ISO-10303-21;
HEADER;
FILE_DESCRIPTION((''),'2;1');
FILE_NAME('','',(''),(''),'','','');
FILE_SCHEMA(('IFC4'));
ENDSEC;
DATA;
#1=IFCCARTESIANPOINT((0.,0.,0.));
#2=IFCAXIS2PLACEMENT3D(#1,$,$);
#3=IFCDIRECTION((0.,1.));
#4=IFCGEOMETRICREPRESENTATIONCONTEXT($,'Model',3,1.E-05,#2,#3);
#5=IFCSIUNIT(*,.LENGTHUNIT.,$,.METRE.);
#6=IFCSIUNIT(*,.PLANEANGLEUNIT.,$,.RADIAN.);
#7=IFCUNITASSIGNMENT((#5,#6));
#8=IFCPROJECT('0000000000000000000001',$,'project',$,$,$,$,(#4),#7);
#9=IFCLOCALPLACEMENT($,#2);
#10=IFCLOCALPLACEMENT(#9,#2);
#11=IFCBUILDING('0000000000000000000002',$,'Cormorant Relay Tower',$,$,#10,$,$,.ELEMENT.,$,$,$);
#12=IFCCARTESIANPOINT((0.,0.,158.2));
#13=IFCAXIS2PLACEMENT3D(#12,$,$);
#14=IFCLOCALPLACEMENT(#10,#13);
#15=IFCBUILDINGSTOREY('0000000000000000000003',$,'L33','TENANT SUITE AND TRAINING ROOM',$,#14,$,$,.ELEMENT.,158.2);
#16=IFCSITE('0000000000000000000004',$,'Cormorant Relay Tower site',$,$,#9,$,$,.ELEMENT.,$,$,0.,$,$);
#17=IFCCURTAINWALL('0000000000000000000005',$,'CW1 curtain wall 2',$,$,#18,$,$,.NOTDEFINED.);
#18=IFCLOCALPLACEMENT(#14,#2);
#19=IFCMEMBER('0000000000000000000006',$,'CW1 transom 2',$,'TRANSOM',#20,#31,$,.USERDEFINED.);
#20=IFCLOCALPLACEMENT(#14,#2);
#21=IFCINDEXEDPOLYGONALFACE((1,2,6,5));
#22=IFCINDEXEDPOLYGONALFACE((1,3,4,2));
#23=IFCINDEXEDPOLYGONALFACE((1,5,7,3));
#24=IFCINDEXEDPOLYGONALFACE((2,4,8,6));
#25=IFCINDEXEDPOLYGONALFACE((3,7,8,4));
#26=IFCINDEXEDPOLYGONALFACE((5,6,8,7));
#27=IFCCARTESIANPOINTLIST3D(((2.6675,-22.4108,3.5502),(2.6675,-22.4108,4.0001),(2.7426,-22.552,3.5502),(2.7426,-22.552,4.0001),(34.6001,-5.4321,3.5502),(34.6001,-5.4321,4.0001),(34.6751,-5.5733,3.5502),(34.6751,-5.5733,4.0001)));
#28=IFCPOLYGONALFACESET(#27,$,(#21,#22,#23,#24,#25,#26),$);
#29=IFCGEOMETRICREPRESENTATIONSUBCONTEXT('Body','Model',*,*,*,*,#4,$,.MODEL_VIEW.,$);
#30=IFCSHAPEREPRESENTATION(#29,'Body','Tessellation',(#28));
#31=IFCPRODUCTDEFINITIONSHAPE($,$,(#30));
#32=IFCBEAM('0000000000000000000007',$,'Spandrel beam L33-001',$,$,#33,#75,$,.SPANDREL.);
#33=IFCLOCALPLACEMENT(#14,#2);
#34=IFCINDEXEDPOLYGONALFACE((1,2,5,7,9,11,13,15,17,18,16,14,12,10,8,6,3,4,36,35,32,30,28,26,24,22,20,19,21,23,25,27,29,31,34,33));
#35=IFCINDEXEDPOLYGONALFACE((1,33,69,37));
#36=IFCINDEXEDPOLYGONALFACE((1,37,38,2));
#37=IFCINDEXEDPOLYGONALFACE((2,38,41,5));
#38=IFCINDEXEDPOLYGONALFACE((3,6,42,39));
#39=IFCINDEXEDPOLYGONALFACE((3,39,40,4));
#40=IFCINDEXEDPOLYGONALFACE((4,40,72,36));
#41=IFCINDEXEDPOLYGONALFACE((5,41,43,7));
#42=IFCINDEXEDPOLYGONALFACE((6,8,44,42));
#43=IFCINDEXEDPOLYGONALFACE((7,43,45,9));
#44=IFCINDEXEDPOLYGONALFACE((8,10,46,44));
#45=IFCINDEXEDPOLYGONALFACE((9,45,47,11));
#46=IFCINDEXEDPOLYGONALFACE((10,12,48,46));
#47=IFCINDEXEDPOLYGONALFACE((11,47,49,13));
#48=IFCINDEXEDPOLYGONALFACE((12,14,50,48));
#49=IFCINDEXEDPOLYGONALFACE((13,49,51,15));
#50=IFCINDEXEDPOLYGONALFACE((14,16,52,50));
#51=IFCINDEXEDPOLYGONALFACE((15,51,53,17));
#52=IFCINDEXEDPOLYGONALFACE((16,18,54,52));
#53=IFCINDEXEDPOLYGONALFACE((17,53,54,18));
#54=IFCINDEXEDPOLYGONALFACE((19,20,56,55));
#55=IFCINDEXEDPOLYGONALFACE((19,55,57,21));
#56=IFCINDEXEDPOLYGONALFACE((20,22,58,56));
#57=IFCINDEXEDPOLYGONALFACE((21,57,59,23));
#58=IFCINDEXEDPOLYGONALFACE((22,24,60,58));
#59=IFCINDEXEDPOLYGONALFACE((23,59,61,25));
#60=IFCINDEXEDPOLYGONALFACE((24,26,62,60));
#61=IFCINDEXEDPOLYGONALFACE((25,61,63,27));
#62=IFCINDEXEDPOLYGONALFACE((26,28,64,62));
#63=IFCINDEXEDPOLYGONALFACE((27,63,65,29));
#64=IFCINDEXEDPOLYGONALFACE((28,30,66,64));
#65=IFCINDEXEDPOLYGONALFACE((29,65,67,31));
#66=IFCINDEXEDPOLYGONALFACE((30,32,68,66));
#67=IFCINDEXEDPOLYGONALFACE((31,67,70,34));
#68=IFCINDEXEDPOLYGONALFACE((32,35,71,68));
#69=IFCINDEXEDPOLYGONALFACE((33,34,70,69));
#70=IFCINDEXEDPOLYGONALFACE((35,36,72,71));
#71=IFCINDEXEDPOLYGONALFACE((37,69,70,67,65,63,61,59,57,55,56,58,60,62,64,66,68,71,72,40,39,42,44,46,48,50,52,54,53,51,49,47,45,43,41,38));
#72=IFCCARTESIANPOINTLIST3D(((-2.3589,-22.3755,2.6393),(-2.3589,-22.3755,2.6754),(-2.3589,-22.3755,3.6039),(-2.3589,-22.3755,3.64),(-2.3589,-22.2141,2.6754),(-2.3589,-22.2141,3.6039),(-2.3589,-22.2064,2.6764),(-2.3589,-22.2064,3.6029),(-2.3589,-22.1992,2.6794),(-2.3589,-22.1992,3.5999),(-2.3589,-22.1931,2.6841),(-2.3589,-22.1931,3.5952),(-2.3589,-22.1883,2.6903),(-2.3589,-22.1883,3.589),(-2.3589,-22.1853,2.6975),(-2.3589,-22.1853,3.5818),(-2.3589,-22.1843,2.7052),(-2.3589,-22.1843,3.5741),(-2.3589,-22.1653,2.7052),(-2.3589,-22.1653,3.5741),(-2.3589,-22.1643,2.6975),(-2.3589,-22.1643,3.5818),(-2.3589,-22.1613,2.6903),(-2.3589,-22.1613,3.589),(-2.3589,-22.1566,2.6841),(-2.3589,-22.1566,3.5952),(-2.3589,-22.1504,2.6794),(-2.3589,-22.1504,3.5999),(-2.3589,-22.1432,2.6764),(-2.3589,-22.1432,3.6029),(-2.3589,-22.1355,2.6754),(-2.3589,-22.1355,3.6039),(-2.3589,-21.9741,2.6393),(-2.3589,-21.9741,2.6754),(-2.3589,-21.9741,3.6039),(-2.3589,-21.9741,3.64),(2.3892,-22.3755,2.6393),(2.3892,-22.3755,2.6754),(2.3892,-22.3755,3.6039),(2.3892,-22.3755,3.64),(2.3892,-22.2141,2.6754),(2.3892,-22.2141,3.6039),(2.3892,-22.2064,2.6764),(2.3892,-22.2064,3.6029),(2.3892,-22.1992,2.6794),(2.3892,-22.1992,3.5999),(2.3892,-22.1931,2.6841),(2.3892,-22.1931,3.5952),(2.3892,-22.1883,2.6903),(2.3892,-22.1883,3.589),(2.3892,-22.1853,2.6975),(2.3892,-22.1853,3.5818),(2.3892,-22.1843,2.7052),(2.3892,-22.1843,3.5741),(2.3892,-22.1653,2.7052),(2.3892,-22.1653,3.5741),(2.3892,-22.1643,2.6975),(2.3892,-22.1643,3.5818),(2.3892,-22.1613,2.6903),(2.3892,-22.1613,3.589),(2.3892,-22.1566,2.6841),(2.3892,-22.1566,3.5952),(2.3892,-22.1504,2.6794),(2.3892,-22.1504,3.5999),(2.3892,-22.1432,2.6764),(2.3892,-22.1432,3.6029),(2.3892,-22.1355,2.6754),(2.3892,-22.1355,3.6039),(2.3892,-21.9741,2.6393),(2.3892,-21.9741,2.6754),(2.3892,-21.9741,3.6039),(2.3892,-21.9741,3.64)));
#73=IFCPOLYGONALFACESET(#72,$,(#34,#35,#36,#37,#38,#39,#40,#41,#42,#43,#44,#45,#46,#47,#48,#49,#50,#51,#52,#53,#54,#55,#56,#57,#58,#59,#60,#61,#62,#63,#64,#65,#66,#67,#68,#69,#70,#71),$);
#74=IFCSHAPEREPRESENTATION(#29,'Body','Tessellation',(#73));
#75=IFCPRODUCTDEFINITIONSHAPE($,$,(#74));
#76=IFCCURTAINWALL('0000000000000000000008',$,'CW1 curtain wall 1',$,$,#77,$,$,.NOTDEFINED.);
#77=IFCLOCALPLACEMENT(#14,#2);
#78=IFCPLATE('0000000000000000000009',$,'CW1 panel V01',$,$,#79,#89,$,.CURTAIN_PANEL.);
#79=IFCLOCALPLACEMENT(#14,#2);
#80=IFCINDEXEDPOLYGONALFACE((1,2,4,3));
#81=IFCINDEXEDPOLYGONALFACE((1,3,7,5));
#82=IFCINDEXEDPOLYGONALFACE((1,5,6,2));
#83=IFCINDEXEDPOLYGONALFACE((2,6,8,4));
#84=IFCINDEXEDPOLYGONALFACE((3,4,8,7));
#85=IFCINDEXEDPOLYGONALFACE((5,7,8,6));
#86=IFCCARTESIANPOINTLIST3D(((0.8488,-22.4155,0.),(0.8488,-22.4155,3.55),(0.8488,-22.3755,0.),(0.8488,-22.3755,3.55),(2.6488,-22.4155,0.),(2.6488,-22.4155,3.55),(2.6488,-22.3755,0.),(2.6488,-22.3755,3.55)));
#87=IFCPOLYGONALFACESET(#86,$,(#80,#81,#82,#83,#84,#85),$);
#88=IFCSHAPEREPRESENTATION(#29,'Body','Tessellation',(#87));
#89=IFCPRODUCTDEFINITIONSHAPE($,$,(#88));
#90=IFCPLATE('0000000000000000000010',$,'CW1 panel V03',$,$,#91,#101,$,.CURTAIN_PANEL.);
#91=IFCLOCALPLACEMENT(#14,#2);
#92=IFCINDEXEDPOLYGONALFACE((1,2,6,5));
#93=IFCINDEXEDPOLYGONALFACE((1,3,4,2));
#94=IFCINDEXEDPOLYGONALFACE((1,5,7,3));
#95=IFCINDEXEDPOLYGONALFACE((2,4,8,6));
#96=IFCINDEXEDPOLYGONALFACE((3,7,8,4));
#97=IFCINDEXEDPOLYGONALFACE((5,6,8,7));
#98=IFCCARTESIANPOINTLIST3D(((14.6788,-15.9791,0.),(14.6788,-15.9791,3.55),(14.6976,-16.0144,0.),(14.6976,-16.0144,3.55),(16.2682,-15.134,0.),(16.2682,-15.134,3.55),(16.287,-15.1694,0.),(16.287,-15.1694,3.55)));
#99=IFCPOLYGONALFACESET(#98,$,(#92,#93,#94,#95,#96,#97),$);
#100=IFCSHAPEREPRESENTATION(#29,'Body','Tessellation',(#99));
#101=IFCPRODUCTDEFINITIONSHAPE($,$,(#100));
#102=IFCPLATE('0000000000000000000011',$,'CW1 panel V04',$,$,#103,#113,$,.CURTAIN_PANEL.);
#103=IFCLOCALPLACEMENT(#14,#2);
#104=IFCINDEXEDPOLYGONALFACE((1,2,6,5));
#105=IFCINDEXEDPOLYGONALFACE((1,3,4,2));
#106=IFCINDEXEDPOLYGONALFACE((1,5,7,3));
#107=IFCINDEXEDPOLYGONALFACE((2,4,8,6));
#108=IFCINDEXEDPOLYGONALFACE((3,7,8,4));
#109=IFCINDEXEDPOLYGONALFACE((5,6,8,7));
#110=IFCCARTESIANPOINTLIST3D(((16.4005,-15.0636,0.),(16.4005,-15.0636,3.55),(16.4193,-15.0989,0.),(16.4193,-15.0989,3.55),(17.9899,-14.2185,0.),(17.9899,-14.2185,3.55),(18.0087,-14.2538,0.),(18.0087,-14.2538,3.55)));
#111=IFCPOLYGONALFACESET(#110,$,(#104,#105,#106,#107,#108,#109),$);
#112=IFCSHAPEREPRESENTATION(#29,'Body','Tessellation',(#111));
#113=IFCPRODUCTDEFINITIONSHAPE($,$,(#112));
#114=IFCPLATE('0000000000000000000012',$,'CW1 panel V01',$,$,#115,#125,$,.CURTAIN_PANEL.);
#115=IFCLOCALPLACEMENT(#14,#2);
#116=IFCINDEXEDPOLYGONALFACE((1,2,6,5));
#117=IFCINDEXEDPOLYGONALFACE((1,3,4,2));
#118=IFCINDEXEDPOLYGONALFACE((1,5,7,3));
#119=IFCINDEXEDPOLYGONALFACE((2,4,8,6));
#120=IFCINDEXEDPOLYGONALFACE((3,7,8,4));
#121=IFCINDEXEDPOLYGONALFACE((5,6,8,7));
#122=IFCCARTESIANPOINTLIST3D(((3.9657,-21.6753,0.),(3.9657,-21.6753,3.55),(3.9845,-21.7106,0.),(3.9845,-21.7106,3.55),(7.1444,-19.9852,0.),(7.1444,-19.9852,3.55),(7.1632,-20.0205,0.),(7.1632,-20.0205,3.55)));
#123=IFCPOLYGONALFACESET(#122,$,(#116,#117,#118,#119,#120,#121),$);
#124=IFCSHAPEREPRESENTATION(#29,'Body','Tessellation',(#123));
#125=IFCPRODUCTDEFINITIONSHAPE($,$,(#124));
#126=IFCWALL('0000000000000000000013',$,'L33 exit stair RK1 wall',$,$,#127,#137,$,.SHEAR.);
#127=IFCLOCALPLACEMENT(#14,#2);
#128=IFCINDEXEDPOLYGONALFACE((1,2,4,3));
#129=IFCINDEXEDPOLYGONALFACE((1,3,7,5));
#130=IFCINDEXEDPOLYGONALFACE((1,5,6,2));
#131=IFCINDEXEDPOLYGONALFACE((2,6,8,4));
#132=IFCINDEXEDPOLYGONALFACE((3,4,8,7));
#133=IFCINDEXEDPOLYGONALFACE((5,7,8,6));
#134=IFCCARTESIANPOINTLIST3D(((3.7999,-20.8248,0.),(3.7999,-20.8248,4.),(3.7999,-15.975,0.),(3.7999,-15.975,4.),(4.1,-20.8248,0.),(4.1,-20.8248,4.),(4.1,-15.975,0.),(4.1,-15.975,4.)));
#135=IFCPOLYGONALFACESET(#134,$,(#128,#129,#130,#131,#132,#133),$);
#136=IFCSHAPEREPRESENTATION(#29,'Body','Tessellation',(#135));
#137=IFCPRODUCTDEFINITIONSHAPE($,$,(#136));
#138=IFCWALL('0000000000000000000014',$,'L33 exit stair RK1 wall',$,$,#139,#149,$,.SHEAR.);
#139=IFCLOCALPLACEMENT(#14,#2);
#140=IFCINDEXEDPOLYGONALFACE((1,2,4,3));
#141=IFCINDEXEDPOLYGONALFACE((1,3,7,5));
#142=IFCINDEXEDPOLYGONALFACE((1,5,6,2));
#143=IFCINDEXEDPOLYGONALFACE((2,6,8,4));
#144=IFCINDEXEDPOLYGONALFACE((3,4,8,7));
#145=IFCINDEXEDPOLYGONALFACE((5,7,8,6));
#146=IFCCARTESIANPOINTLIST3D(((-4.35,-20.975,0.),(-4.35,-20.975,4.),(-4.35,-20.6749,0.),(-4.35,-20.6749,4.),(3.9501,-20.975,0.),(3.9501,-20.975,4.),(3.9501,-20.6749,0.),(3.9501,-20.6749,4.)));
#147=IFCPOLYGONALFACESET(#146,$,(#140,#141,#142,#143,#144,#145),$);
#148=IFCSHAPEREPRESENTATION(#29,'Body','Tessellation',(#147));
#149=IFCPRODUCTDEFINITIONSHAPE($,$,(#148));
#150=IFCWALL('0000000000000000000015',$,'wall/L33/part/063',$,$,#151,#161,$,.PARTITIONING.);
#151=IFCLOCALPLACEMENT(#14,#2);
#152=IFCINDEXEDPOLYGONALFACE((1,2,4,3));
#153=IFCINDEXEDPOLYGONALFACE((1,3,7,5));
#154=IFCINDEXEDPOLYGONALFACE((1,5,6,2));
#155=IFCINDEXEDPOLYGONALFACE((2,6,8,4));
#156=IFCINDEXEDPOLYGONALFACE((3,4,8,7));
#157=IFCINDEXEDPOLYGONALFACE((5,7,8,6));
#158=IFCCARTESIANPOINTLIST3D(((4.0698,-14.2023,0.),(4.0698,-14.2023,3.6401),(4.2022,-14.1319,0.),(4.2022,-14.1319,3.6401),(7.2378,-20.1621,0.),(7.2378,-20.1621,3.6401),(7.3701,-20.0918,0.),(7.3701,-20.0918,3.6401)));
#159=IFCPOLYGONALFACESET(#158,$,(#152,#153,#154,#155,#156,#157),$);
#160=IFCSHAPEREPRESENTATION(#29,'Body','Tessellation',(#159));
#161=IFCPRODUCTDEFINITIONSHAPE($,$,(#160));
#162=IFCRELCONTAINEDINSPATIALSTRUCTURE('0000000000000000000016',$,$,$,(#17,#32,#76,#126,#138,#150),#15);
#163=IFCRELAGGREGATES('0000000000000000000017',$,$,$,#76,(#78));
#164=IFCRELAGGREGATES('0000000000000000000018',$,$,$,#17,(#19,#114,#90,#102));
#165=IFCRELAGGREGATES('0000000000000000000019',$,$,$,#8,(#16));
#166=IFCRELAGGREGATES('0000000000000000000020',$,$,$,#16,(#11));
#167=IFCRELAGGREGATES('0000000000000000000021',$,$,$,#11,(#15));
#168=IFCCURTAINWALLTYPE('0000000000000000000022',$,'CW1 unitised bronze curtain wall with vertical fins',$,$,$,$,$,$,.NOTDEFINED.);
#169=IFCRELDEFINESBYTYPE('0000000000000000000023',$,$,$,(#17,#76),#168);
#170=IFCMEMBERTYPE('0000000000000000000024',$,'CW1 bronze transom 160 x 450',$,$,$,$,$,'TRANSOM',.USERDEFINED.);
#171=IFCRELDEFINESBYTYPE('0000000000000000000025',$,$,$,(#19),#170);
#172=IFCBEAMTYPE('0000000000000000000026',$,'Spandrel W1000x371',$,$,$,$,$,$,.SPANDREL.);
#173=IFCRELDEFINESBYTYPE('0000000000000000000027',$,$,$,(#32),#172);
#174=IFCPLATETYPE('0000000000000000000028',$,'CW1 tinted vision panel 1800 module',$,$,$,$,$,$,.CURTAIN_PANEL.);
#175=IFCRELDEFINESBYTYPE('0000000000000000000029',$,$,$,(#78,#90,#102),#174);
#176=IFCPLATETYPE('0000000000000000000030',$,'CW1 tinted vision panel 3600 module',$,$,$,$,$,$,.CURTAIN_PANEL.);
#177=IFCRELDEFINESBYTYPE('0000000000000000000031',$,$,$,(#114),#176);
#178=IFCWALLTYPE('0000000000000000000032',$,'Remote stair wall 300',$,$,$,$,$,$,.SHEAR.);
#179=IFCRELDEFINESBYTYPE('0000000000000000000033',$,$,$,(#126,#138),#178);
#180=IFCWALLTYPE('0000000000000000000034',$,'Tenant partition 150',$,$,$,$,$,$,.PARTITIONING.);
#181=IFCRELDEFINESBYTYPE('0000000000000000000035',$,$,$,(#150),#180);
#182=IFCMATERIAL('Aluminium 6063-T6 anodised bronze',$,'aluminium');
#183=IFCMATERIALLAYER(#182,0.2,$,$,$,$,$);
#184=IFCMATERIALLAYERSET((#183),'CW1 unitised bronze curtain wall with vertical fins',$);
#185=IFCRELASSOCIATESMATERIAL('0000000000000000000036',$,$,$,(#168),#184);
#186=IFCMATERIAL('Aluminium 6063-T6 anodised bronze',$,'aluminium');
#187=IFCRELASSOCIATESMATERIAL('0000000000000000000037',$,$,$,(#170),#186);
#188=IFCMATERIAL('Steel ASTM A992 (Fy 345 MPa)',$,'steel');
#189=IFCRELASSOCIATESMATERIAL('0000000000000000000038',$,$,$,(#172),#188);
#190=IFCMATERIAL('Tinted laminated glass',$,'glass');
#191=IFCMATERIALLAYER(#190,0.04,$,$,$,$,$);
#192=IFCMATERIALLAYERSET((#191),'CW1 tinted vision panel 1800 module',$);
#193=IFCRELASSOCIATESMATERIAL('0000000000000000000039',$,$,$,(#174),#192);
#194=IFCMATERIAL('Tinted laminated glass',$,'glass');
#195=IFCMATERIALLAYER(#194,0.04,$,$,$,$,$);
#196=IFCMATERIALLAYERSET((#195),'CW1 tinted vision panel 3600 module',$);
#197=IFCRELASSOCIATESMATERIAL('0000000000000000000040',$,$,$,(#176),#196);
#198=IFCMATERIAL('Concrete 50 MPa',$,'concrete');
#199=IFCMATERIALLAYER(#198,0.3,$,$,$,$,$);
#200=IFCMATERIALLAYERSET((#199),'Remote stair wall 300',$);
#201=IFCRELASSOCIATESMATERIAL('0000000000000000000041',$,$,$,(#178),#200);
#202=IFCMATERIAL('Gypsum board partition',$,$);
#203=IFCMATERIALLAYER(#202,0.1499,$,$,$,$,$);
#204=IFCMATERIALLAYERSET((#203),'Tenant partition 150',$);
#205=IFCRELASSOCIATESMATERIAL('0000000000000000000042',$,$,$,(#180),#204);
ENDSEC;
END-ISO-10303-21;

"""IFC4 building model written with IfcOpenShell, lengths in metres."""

from ifc_helpers import new_model, si_unit, direction, frame, frame_2d, origin, origin_2d, place, context, subcontext, project, spatial, rectangle, i_section, extrude, material, layer, layer_set, material_profile, profile_set, type_object, element, aggregate, save


model = new_model("IFC4")

# Units and contexts
model_context = context("Model", 3, precision=1e-05, world=origin(), true_north=direction((0.0, 1.0)))
body_context = subcontext(model_context, "Body", "Model", "MODEL_VIEW")
ifc_project = project(units=[si_unit("LENGTHUNIT", "METRE"), si_unit("PLANEANGLEUNIT", "RADIAN")], contexts=[model_context])

# Site, building, storey
site_placement = place(None, origin())
site = spatial("IfcSite", under=ifc_project, at=site_placement, Name="Cormorant Relay Tower site", CompositionType="ELEMENT", RefElevation=0.0)
building_placement = place(site_placement, origin())
building = spatial("IfcBuilding", under=site, at=building_placement, Name="Cormorant Relay Tower", CompositionType="ELEMENT")
storey_placement = place(building_placement, frame((0.0, 0.0, 158.2)))
storey = spatial("IfcBuildingStorey", under=building, at=storey_placement, Name="L33", Description="TENANT SUITE AND TRAINING ROOM", CompositionType="ELEMENT", Elevation=158.2)

# Curtain wall, member
ifc_material_1 = material(Name="Aluminium 6063-T6 anodised bronze", Category="aluminium")
ifc_layer_1 = layer(ifc_material_1, 0.2)
ifc_layer_set_1 = layer_set([ifc_layer_1], Name="CW1 unitised bronze curtain wall with vertical fins")
curtain_wall_type = type_object("IfcCurtainWallType", Name="CW1 unitised bronze curtain wall with vertical fins", PredefinedType="NOTDEFINED", material=ifc_layer_set_1)
curtain_wall_1_placement = place(storey_placement, origin())
curtain_wall_1 = element("IfcCurtainWall", 1, at=curtain_wall_1_placement, inside=storey, type_object=curtain_wall_type, Name="CW1 curtain wall 2", PredefinedType="NOTDEFINED")
ifc_material_2 = material(Name="Aluminium 6063-T6 anodised bronze", Category="aluminium")
ifc_material_profile_1 = material_profile(ifc_material_2, rectangle(XDim=0.1599, YDim=0.45, at=origin_2d()), Name="AL 160x450")
ifc_profile_set_1 = profile_set([ifc_material_profile_1], Name="Aluminium 6063-T6 anodised bronze")
member_type_1 = type_object("IfcMemberType", Name="CW1 bronze transom 160 x 450", ElementType="TRANSOM", PredefinedType="USERDEFINED", material=ifc_profile_set_1)
member_1_placement = place(storey_placement, frame((2.7051, -22.4814, 3.7751), z_axis=(0.882949, 0.469469, 0.0), x_axis=(-0.469469, 0.882949, 0.0)))
member_1 = element("IfcMember", 2, at=member_1_placement, type_object=member_type_1, Name="CW1 transom 2", ObjectType="TRANSOM", PredefinedType="USERDEFINED", context=body_context, shape_type="SweptSolid", body=[
    extrude(rectangle(XDim=0.1599, YDim=0.45, at=origin_2d()), origin(), (0.0, 0.0, 1.0), 36.1658),
])

# Beam
ifc_material_3 = material(Name="Steel ASTM A992 (Fy 345 MPa)", Category="steel")
ifc_material_profile_2 = material_profile(ifc_material_3, i_section(OverallWidth=0.4014, OverallDepth=1.0007, WebThickness=0.019, FlangeThickness=0.0361, FilletRadius=0.0298, at=origin_2d()), Name="W1000x371")
ifc_profile_set_2 = profile_set([ifc_material_profile_2], Name="Steel ASTM A992 (Fy 345 MPa)")
beam_type = type_object("IfcBeamType", Name="Spandrel W1000x371", PredefinedType="SPANDREL", material=ifc_profile_set_2)
beam_placement = place(storey_placement, frame((-2.3589, -22.1748, 3.1396), z_axis=(1.0, 0.0, 0.0), x_axis=(0.0, 1.0, 0.0)))
element("IfcBeam", 3, at=beam_placement, inside=storey, type_object=beam_type, Name="Spandrel beam L33-001", PredefinedType="SPANDREL", context=body_context, shape_type="SweptSolid", body=[
    extrude(i_section(OverallWidth=0.4014, OverallDepth=1.0007, WebThickness=0.019, FlangeThickness=0.0361, FilletRadius=0.0298, at=origin_2d()), origin(), (0.0, 0.0, 1.0), 4.748),
])

# Curtain wall, plate
curtain_wall_2_placement = place(storey_placement, origin())
curtain_wall_2 = element("IfcCurtainWall", 4, at=curtain_wall_2_placement, inside=storey, type_object=curtain_wall_type, Name="CW1 curtain wall 1", PredefinedType="NOTDEFINED")
ifc_material_4 = material(Name="Tinted laminated glass", Category="glass")
ifc_layer_2 = layer(ifc_material_4, 0.04)
ifc_layer_set_2 = layer_set([ifc_layer_2], Name="CW1 tinted vision panel 1800 module")
plate_type_1 = type_object("IfcPlateType", Name="CW1 tinted vision panel 1800 module", PredefinedType="CURTAIN_PANEL", material=ifc_layer_set_2)
plate_1_placement = place(storey_placement, frame((1.7488, -22.3955, 0.0), z_axis=(0.0, 0.0, 1.0), x_axis=(1.0, 0.0, 0.0)))
plate_1 = element("IfcPlate", 5, at=plate_1_placement, type_object=plate_type_1, Name="CW1 panel V01", PredefinedType="CURTAIN_PANEL", context=body_context, shape_type="SweptSolid", body=[
    extrude(rectangle(XDim=1.8, YDim=0.04, at=origin_2d()), origin(), (0.0, 0.0, 1.0), 3.55),
])

# Plates
plate_2_placement = place(storey_placement, frame((15.4829, -15.5742, 0.0), z_axis=(0.0, 0.0, 1.0), x_axis=(0.882948, 0.469472, 0.0)))
plate_2 = element("IfcPlate", 6, at=plate_2_placement, type_object=plate_type_1, Name="CW1 panel V03", PredefinedType="CURTAIN_PANEL", context=body_context, shape_type="SweptSolid", body=[
    extrude(rectangle(XDim=1.8, YDim=0.04, at=origin_2d()), origin(), (0.0, 0.0, 1.0), 3.55),
])
plate_3_placement = place(storey_placement, frame((17.2046, -14.6587, 0.0), z_axis=(0.0, 0.0, 1.0), x_axis=(0.882948, 0.469472, 0.0)))
plate_3 = element("IfcPlate", 7, at=plate_3_placement, type_object=plate_type_1, Name="CW1 panel V04", PredefinedType="CURTAIN_PANEL", context=body_context, shape_type="SweptSolid", body=[
    extrude(rectangle(XDim=1.8, YDim=0.04, at=origin_2d()), origin(), (0.0, 0.0, 1.0), 3.55),
])
ifc_material_5 = material(Name="Tinted laminated glass", Category="glass")
ifc_layer_3 = layer(ifc_material_5, 0.04)
ifc_layer_set_3 = layer_set([ifc_layer_3], Name="CW1 tinted vision panel 3600 module")
plate_type_2 = type_object("IfcPlateType", Name="CW1 tinted vision panel 3600 module", PredefinedType="CURTAIN_PANEL", material=ifc_layer_set_3)
plate_4_placement = place(storey_placement, frame((5.5645, -20.8479, 0.0), z_axis=(0.0, 0.0, 1.0), x_axis=(0.882948, 0.469472, 0.0)))
plate_4 = element("IfcPlate", 8, at=plate_4_placement, type_object=plate_type_2, Name="CW1 panel V01", PredefinedType="CURTAIN_PANEL", context=body_context, shape_type="SweptSolid", body=[
    extrude(rectangle(XDim=3.6001, YDim=0.04, at=origin_2d()), origin(), (0.0, 0.0, 1.0), 3.55),
])

# Walls
ifc_material_6 = material(Name="Concrete 50 MPa", Category="concrete")
ifc_layer_4 = layer(ifc_material_6, 0.3)
ifc_layer_set_4 = layer_set([ifc_layer_4], Name="Remote stair wall 300")
wall_type_1 = type_object("IfcWallType", Name="Remote stair wall 300", PredefinedType="SHEAR", material=ifc_layer_set_4)
wall_1_placement = place(storey_placement, frame((3.95, -15.9751, 0.0), z_axis=(0.0, 0.0, 1.0), x_axis=(0.0, -1.0, 0.0)))
element("IfcWall", 9, at=wall_1_placement, inside=storey, type_object=wall_type_1, Name="L33 exit stair RK1 wall", PredefinedType="SHEAR", context=body_context, shape_type="SweptSolid", body=[
    extrude(rectangle(XDim=4.8499, YDim=0.3, at=frame_2d((2.4248, 0.0))), origin(), (0.0, 0.0, 1.0), 4.0),
])
wall_2_placement = place(storey_placement, frame((3.95, -20.825, 0.0), z_axis=(0.0, 0.0, 1.0), x_axis=(-1.0, 0.0, 0.0)))
element("IfcWall", 10, at=wall_2_placement, inside=storey, type_object=wall_type_1, Name="L33 exit stair RK1 wall", PredefinedType="SHEAR", context=body_context, shape_type="SweptSolid", body=[
    extrude(rectangle(XDim=8.3, YDim=0.3, at=frame_2d((4.1499, 0.0))), origin(), (0.0, 0.0, 1.0), 4.0),
])
ifc_material_7 = material(Name="Gypsum board partition")
ifc_layer_5 = layer(ifc_material_7, 0.1499)
ifc_layer_set_5 = layer_set([ifc_layer_5], Name="Tenant partition 150")
wall_type_2 = type_object("IfcWallType", Name="Tenant partition 150", PredefinedType="PARTITIONING", material=ifc_layer_set_5)
wall_3_placement = place(storey_placement, frame((7.304, -20.127, 0.0), z_axis=(0.0, 0.0, 1.0), x_axis=(-0.469356, 0.883009, 0.0)))
element("IfcWall", 11, at=wall_3_placement, inside=storey, type_object=wall_type_2, Name="wall/L33/part/063", PredefinedType="PARTITIONING", context=body_context, shape_type="SweptSolid", body=[
    extrude(rectangle(XDim=6.7495, YDim=0.1499, at=frame_2d((3.3748, 0.0))), origin(), (0.0, 0.0, 1.0), 3.6401),
])

aggregate(curtain_wall_2, [plate_1])
aggregate(curtain_wall_1, [member_1, plate_4, plate_2, plate_3])

save(model, "model.ifc")
